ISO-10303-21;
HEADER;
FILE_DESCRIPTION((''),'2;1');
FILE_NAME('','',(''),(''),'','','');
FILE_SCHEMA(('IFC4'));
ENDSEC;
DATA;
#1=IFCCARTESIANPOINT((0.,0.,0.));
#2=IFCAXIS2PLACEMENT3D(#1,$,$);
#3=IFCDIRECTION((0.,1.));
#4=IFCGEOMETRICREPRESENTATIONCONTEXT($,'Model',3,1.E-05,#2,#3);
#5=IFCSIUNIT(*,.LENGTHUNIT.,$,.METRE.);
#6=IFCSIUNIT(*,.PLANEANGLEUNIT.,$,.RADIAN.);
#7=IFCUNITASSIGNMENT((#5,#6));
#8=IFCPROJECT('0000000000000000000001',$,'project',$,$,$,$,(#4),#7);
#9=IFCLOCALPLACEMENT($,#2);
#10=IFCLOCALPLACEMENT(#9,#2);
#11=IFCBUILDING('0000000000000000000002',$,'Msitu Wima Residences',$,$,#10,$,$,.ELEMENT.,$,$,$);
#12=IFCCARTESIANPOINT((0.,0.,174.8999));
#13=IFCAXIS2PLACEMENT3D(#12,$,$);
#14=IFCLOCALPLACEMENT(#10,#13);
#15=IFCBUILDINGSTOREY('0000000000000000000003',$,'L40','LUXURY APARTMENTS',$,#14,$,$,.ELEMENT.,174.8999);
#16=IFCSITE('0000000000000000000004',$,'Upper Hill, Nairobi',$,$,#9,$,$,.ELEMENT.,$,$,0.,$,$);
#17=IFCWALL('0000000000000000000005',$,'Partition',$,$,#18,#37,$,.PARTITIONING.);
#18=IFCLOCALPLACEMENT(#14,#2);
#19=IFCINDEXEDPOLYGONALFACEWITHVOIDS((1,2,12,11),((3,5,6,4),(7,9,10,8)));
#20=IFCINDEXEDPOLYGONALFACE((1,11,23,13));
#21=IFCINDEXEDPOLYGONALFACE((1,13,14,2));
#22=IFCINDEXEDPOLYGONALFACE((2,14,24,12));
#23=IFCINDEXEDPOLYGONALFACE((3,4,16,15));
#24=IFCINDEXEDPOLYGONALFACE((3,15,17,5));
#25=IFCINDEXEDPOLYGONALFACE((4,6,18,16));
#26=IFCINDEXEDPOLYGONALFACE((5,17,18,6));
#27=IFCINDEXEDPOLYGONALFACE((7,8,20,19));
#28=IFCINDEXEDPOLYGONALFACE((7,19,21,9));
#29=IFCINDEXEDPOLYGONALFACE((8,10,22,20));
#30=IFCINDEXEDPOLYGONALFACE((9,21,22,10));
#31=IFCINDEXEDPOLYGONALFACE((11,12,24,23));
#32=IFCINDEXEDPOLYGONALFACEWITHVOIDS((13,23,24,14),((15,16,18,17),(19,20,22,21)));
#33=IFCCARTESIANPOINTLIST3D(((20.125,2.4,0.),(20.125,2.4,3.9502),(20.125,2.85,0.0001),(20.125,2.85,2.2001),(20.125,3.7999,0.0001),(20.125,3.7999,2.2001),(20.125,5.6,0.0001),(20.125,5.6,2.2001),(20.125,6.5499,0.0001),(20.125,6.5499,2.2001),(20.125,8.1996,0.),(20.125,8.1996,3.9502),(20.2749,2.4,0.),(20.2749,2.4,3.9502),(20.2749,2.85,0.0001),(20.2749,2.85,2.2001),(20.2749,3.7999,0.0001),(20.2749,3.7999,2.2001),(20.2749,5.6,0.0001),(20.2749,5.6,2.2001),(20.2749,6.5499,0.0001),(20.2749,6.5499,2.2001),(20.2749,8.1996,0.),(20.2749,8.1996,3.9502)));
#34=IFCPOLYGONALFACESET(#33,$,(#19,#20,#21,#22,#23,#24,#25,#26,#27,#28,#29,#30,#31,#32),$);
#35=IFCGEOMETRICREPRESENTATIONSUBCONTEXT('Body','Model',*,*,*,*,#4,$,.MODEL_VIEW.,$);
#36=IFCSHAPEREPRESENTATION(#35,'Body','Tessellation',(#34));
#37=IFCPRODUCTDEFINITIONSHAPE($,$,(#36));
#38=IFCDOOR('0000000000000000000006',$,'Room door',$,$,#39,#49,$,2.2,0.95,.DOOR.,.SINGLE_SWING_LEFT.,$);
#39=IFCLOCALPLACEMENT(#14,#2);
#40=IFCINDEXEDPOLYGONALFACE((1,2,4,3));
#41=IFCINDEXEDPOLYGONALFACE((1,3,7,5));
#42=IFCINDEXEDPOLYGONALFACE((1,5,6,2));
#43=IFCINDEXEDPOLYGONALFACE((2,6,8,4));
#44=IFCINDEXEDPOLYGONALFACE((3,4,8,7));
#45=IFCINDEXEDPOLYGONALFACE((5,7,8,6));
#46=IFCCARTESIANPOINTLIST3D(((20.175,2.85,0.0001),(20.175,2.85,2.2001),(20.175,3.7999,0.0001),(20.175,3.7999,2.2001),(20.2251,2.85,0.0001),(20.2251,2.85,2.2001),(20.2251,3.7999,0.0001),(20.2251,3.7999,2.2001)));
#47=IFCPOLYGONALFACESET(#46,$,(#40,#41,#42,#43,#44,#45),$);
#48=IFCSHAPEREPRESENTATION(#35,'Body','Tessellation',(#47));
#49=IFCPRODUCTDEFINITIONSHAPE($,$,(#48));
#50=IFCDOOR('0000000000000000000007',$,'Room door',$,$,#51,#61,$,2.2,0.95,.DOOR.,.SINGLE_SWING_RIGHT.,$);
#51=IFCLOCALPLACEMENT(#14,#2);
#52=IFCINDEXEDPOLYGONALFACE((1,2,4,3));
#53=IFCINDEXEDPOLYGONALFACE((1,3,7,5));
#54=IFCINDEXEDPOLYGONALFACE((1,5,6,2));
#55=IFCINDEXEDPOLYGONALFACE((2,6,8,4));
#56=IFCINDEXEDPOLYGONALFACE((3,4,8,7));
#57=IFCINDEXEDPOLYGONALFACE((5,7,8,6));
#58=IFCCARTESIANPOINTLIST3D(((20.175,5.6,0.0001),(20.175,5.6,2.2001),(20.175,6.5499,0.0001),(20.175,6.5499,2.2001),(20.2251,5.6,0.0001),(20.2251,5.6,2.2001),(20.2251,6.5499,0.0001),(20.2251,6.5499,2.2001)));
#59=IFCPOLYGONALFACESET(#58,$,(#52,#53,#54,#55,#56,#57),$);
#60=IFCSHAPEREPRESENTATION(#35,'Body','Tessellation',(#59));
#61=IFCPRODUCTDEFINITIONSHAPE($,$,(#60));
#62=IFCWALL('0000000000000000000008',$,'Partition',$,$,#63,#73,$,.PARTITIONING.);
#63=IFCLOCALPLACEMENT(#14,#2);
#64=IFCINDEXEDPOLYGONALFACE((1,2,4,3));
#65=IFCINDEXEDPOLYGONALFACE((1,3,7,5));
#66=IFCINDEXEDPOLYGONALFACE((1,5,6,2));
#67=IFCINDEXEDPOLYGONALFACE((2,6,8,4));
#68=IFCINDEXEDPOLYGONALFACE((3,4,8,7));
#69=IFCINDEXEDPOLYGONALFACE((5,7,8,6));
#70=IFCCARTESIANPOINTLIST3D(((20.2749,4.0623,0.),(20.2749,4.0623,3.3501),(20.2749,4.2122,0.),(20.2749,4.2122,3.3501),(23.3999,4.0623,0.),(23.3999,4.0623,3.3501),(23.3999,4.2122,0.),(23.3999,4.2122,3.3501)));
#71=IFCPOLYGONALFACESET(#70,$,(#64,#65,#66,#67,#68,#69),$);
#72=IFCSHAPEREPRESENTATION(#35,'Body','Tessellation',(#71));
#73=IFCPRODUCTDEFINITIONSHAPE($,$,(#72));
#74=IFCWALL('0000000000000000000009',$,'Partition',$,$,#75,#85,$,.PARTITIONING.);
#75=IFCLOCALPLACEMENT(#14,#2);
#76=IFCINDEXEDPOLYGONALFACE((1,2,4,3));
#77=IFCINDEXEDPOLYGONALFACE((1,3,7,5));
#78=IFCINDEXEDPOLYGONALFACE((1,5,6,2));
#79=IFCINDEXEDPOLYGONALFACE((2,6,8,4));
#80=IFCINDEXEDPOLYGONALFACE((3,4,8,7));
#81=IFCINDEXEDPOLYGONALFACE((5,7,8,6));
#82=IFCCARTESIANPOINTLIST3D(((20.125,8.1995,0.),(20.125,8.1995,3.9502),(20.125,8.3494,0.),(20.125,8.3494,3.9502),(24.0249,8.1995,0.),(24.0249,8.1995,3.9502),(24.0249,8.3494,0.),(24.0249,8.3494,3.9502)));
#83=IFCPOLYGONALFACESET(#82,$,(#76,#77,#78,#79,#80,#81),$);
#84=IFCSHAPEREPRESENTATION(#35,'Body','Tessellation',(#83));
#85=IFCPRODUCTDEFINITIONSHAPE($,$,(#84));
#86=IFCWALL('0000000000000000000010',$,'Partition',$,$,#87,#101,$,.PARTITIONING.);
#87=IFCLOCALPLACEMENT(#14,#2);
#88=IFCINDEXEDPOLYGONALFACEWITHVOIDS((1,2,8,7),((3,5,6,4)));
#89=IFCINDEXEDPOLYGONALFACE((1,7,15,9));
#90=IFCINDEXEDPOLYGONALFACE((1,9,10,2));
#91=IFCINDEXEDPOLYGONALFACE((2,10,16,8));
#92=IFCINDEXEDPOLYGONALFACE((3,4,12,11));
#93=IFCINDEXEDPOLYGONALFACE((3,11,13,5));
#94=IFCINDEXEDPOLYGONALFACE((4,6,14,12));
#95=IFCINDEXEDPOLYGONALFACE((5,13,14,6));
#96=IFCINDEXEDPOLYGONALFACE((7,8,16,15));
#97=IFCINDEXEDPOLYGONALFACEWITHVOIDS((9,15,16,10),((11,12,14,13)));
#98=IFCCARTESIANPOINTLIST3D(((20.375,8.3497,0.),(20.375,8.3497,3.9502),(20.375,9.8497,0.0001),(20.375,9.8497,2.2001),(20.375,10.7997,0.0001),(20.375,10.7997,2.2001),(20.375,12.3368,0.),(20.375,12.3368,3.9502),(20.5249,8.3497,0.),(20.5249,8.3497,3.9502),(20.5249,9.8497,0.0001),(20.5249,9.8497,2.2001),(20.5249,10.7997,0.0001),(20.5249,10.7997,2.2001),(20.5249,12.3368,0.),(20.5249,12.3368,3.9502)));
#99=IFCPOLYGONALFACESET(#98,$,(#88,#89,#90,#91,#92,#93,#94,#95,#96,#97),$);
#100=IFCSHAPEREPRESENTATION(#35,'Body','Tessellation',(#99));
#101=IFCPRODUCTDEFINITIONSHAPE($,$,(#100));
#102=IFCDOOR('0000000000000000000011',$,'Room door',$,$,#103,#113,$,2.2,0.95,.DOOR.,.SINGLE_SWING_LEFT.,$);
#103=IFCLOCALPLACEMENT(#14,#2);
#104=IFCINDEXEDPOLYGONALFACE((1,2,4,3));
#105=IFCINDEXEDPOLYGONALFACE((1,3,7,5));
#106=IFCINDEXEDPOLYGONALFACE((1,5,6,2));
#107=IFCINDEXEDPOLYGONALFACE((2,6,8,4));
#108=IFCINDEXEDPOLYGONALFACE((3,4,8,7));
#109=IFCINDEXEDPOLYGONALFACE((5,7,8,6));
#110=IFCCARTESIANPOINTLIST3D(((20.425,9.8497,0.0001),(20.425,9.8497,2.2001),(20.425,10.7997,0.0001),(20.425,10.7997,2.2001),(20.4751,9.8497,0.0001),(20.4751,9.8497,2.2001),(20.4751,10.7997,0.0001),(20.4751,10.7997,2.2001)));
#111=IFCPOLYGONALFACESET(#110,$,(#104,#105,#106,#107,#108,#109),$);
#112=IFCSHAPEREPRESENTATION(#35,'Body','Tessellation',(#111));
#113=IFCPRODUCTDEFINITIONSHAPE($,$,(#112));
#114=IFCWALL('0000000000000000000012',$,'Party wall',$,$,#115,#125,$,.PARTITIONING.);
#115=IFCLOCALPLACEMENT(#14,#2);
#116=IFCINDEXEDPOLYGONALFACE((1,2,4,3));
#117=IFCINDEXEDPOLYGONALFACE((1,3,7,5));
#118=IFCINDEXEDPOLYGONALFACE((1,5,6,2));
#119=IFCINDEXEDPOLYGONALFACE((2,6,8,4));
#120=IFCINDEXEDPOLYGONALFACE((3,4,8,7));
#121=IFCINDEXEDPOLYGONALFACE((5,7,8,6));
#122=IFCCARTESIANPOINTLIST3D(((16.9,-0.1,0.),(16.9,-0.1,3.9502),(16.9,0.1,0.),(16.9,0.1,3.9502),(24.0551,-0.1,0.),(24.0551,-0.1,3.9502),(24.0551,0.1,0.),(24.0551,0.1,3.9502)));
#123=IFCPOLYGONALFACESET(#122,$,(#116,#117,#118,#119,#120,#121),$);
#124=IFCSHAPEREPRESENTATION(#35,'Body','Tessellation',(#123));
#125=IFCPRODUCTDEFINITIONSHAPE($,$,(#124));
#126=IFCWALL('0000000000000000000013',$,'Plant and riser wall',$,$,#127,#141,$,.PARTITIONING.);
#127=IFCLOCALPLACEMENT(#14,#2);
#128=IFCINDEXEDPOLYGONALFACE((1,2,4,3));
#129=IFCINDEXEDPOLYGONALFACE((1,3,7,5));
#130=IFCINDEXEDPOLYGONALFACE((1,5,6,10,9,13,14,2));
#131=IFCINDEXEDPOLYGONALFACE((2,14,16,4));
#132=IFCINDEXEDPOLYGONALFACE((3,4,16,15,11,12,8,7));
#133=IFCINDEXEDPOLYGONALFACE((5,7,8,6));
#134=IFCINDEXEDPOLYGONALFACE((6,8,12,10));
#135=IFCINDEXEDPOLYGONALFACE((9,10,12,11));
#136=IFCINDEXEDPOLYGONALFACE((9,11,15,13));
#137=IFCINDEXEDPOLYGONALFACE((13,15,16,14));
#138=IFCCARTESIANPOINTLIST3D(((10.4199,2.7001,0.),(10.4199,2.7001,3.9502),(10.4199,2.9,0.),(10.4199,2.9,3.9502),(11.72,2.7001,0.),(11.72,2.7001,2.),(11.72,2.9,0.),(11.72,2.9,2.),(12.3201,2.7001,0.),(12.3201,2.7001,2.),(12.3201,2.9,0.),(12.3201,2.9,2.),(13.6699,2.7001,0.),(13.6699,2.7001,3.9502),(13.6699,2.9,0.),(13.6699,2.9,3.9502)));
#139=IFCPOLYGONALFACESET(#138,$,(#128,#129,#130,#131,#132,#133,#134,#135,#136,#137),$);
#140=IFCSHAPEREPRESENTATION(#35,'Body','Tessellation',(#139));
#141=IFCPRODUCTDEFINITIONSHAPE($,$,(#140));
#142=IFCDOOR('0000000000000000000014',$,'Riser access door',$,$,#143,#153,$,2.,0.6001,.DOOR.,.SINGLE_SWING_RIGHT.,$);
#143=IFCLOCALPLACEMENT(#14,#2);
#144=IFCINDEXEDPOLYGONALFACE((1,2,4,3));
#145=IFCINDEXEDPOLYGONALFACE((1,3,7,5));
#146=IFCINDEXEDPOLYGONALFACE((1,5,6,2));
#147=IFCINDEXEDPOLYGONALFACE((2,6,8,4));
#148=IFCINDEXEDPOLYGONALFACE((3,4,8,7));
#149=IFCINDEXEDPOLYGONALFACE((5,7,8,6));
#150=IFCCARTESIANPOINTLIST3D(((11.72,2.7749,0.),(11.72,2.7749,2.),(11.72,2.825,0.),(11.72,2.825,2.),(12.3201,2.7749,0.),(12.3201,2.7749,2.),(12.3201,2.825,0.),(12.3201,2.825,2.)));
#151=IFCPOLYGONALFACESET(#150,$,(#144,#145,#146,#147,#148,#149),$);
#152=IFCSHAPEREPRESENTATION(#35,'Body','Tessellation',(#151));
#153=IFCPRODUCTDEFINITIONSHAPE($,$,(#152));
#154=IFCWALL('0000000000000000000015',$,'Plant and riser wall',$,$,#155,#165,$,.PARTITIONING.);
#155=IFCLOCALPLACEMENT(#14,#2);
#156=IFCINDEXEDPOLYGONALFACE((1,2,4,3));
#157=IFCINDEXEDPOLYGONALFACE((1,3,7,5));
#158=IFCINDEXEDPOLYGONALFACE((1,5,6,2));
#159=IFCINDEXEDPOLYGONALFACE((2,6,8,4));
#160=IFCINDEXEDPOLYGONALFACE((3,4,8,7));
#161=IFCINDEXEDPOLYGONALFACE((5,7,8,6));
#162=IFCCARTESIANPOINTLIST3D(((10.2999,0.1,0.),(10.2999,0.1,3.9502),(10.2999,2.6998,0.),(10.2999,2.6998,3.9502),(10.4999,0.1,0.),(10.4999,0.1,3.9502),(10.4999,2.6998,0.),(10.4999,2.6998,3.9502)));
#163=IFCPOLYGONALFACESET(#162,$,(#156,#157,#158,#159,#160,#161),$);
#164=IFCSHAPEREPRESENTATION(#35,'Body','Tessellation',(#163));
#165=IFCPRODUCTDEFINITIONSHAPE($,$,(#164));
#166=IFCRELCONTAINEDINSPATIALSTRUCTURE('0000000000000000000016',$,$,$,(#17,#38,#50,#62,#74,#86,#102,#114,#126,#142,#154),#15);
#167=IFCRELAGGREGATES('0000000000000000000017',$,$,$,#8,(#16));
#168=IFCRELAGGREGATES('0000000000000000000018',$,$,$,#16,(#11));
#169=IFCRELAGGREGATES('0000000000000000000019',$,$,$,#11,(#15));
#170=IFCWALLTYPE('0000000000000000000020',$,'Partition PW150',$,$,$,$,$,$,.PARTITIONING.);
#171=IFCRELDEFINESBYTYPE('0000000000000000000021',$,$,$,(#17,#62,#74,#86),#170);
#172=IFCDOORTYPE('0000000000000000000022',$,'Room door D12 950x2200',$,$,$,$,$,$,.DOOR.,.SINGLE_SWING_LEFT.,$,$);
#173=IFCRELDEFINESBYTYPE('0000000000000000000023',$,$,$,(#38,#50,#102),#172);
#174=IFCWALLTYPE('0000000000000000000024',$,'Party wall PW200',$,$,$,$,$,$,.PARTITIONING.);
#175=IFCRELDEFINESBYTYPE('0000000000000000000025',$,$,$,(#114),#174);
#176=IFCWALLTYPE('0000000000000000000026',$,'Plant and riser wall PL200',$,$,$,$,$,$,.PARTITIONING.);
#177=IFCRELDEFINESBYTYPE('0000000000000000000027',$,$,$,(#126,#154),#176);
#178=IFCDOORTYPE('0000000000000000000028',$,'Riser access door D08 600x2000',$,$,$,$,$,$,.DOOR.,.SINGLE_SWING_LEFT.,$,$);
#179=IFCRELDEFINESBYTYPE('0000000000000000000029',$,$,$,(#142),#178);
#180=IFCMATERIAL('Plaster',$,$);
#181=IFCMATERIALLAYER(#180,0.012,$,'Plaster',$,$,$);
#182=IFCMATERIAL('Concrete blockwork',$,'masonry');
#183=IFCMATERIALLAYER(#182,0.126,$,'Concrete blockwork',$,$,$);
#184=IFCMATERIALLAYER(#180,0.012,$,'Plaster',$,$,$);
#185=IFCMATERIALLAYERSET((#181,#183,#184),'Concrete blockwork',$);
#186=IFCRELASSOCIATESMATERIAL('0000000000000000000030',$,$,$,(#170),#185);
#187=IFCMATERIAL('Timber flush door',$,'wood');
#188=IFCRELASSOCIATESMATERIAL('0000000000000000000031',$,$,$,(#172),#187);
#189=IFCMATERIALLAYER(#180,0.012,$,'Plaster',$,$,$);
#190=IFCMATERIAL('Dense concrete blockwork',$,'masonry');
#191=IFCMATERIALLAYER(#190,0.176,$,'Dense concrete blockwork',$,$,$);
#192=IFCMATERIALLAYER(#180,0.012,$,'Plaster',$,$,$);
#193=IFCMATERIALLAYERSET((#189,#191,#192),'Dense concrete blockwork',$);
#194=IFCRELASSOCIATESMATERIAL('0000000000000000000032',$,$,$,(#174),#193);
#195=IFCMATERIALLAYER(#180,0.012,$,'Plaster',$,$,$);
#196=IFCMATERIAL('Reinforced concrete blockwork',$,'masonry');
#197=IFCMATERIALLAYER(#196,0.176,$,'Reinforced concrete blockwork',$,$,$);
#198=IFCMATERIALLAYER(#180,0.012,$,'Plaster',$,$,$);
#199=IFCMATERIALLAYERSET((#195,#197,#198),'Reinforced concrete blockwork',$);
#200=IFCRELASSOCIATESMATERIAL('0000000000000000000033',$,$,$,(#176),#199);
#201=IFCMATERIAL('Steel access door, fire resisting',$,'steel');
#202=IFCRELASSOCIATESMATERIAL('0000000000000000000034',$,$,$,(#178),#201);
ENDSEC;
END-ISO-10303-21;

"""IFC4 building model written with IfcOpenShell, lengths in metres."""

from ifc_helpers import new_model, si_unit, direction, frame, frame_2d, origin, place, context, subcontext, project, spatial, rectangle, extrude, material, layer, layer_set, type_object, element, fill, save


model = new_model("IFC4")

# Units and contexts
model_context = context("Model", 3, precision=1e-05, world=origin(), true_north=direction((0.0, 1.0)))
body_context = subcontext(model_context, "Body", "Model", "MODEL_VIEW")
ifc_project = project(units=[si_unit("LENGTHUNIT", "METRE"), si_unit("PLANEANGLEUNIT", "RADIAN")], contexts=[model_context])

# Site, building, storey
site_placement = place(None, origin())
site = spatial("IfcSite", under=ifc_project, at=site_placement, Name="Upper Hill, Nairobi", CompositionType="ELEMENT", RefElevation=0.0)
building_placement = place(site_placement, origin())
building = spatial("IfcBuilding", under=site, at=building_placement, Name="Msitu Wima Residences", CompositionType="ELEMENT")
storey_placement = place(building_placement, frame((0.0, 0.0, 174.8999)))
storey = spatial("IfcBuildingStorey", under=building, at=storey_placement, Name="L40", Description="LUXURY APARTMENTS", CompositionType="ELEMENT", Elevation=174.8999)

# Shared definitions
ifc_material_1 = material(Name="Plaster")
ifc_layer_1 = layer(ifc_material_1, 0.012, Name="Plaster")
ifc_material_2 = material(Name="Concrete blockwork", Category="masonry")
ifc_layer_2 = layer(ifc_material_2, 0.126, Name="Concrete blockwork")
ifc_layer_3 = layer(ifc_material_1, 0.012, Name="Plaster")
ifc_layer_set_1 = layer_set([ifc_layer_1, ifc_layer_2, ifc_layer_3], Name="Concrete blockwork")
wall_type_1 = type_object("IfcWallType", Name="Partition PW150", PredefinedType="PARTITIONING", material=ifc_layer_set_1)
ifc_material_3 = material(Name="Timber flush door", Category="wood")
door_type_1 = type_object("IfcDoorType", Name="Room door D12 950x2200", OperationType="SINGLE_SWING_LEFT", PredefinedType="DOOR", material=ifc_material_3)

# Wall, openings, doors
wall_1_placement = place(storey_placement, frame((20.2, 2.3999, 0.0), z_axis=(0.0, 0.0, 1.0), x_axis=(0.0, 1.0, 0.0)))
wall_1 = element("IfcWall", 1, at=wall_1_placement, inside=storey, type_object=wall_type_1, Name="Partition", PredefinedType="PARTITIONING", context=body_context, shape_type="SweptSolid", body=[
    extrude(rectangle(XDim=5.7996, YDim=0.1499, at=frame_2d((2.8999, 0.0))), origin(), (0.0, 0.0, 1.0), 3.9502),
])
opening_1_placement = place(wall_1_placement, frame((0.45, 0.0, 0.0)))
opening_1 = element("IfcOpeningElement", 2, at=opening_1_placement, cuts=wall_1, PredefinedType="OPENING", context=body_context, shape_type="SweptSolid", body=[
    extrude(rectangle(XDim=0.95, YDim=2.2, at=frame_2d((0.4751, 1.1001))), frame((0.0, 0.085, 0.0), z_axis=(0.0, -1.0, 0.0), x_axis=(1.0, 0.0, 0.0)), (0.0, 0.0, 1.0), 0.1699),
])
opening_2_placement = place(wall_1_placement, frame((3.2, 0.0, 0.0)))
opening_2 = element("IfcOpeningElement", 3, at=opening_2_placement, cuts=wall_1, PredefinedType="OPENING", context=body_context, shape_type="SweptSolid", body=[
    extrude(rectangle(XDim=0.95, YDim=2.2, at=frame_2d((0.4751, 1.1001))), frame((0.0, 0.085, 0.0), z_axis=(0.0, -1.0, 0.0), x_axis=(1.0, 0.0, 0.0)), (0.0, 0.0, 1.0), 0.1699),
])
door_1_placement = place(opening_1_placement, origin())
door_1 = element("IfcDoor", 4, at=door_1_placement, inside=storey, type_object=door_type_1, Name="Room door", OperationType="SINGLE_SWING_LEFT", OverallHeight=2.2, OverallWidth=0.95, PredefinedType="DOOR", context=body_context, shape_type="SweptSolid", body=[
    extrude(rectangle(XDim=0.95, YDim=2.2, at=frame_2d((0.4751, 1.1001))), frame((0.0, 0.0249, 0.0), z_axis=(0.0, -1.0, 0.0), x_axis=(1.0, 0.0, 0.0)), (0.0, 0.0, 1.0), 0.05),
])
fill(opening_1, door_1)
door_2_placement = place(opening_2_placement, origin())
door_2 = element("IfcDoor", 5, at=door_2_placement, inside=storey, type_object=door_type_1, Name="Room door", OperationType="SINGLE_SWING_RIGHT", OverallHeight=2.2, OverallWidth=0.95, PredefinedType="DOOR", context=body_context, shape_type="SweptSolid", body=[
    extrude(rectangle(XDim=0.95, YDim=2.2, at=frame_2d((0.4751, 1.1001))), frame((0.0, 0.0249, 0.0), z_axis=(0.0, -1.0, 0.0), x_axis=(1.0, 0.0, 0.0)), (0.0, 0.0, 1.0), 0.05),
])
fill(opening_2, door_2)

# Walls
wall_2_placement = place(storey_placement, frame((20.2749, 4.1372, 0.0), z_axis=(0.0, 0.0, 1.0), x_axis=(1.0, 0.0, 0.0)))
element("IfcWall", 6, at=wall_2_placement, inside=storey, type_object=wall_type_1, Name="Partition", PredefinedType="PARTITIONING", context=body_context, shape_type="SweptSolid", body=[
    extrude(rectangle(XDim=3.125, YDim=0.1499, at=frame_2d((1.5625, 0.0))), origin(), (0.0, 0.0, 1.0), 3.3501),
])
wall_3_placement = place(storey_placement, frame((20.125, 8.2744, 0.0), z_axis=(0.0, 0.0, 1.0), x_axis=(1.0, 0.0, 0.0)))
element("IfcWall", 7, at=wall_3_placement, inside=storey, type_object=wall_type_1, Name="Partition", PredefinedType="PARTITIONING", context=body_context, shape_type="SweptSolid", body=[
    extrude(rectangle(XDim=3.8999, YDim=0.1499, at=frame_2d((1.95, 0.0))), origin(), (0.0, 0.0, 1.0), 3.9502),
])

# Wall, opening, door
wall_4_placement = place(storey_placement, frame((20.45, 8.3496, 0.0), z_axis=(0.0, 0.0, 1.0), x_axis=(0.0, 1.0, 0.0)))
wall_4 = element("IfcWall", 8, at=wall_4_placement, inside=storey, type_object=wall_type_1, Name="Partition", PredefinedType="PARTITIONING", context=body_context, shape_type="SweptSolid", body=[
    extrude(rectangle(XDim=3.9871, YDim=0.1499, at=frame_2d((1.9937, 0.0))), origin(), (0.0, 0.0, 1.0), 3.9502),
])
opening_3_placement = place(wall_4_placement, frame((1.5, 0.0, 0.0)))
opening_3 = element("IfcOpeningElement", 9, at=opening_3_placement, cuts=wall_4, PredefinedType="OPENING", context=body_context, shape_type="SweptSolid", body=[
    extrude(rectangle(XDim=0.95, YDim=2.2, at=frame_2d((0.4751, 1.1001))), frame((0.0, 0.085, 0.0), z_axis=(0.0, -1.0, 0.0), x_axis=(1.0, 0.0, 0.0)), (0.0, 0.0, 1.0), 0.1699),
])
door_3_placement = place(opening_3_placement, origin())
door_3 = element("IfcDoor", 10, at=door_3_placement, inside=storey, type_object=door_type_1, Name="Room door", OperationType="SINGLE_SWING_LEFT", OverallHeight=2.2, OverallWidth=0.95, PredefinedType="DOOR", context=body_context, shape_type="SweptSolid", body=[
    extrude(rectangle(XDim=0.95, YDim=2.2, at=frame_2d((0.4751, 1.1001))), frame((0.0, 0.0249, 0.0), z_axis=(0.0, -1.0, 0.0), x_axis=(1.0, 0.0, 0.0)), (0.0, 0.0, 1.0), 0.05),
])
fill(opening_3, door_3)

# Wall
ifc_layer_4 = layer(ifc_material_1, 0.012, Name="Plaster")
ifc_material_4 = material(Name="Dense concrete blockwork", Category="masonry")
ifc_layer_5 = layer(ifc_material_4, 0.176, Name="Dense concrete blockwork")
ifc_layer_6 = layer(ifc_material_1, 0.012, Name="Plaster")
ifc_layer_set_2 = layer_set([ifc_layer_4, ifc_layer_5, ifc_layer_6], Name="Dense concrete blockwork")
wall_type_2 = type_object("IfcWallType", Name="Party wall PW200", PredefinedType="PARTITIONING", material=ifc_layer_set_2)
wall_5_placement = place(storey_placement, frame((16.8999, 0.0, 0.0), z_axis=(0.0, 0.0, 1.0), x_axis=(1.0, 0.0, 0.0)))
element("IfcWall", 11, at=wall_5_placement, inside=storey, type_object=wall_type_2, Name="Party wall", PredefinedType="PARTITIONING", context=body_context, shape_type="SweptSolid", body=[
    extrude(rectangle(XDim=7.155, YDim=0.2, at=frame_2d((3.5776, 0.0))), origin(), (0.0, 0.0, 1.0), 3.9502),
])

# Wall, opening, door
ifc_layer_7 = layer(ifc_material_1, 0.012, Name="Plaster")
ifc_material_5 = material(Name="Reinforced concrete blockwork", Category="masonry")
ifc_layer_8 = layer(ifc_material_5, 0.176, Name="Reinforced concrete blockwork")
ifc_layer_9 = layer(ifc_material_1, 0.012, Name="Plaster")
ifc_layer_set_3 = layer_set([ifc_layer_7, ifc_layer_8, ifc_layer_9], Name="Reinforced concrete blockwork")
wall_type_3 = type_object("IfcWallType", Name="Plant and riser wall PL200", PredefinedType="PARTITIONING", material=ifc_layer_set_3)
wall_6_placement = place(storey_placement, frame((10.4199, 2.8, 0.0), z_axis=(0.0, 0.0, 1.0), x_axis=(1.0, 0.0, 0.0)))
wall_6 = element("IfcWall", 12, at=wall_6_placement, inside=storey, type_object=wall_type_3, Name="Plant and riser wall", PredefinedType="PARTITIONING", context=body_context, shape_type="SweptSolid", body=[
    extrude(rectangle(XDim=3.25, YDim=0.2, at=frame_2d((1.625, 0.0))), origin(), (0.0, 0.0, 1.0), 3.9502),
])
opening_4_placement = place(wall_6_placement, frame((1.3, 0.0, 0.0)))
opening_4 = element("IfcOpeningElement", 13, at=opening_4_placement, cuts=wall_6, PredefinedType="OPENING", context=body_context, shape_type="SweptSolid", body=[
    extrude(rectangle(XDim=0.6001, YDim=2.0, at=frame_2d((0.3, 1.0))), frame((0.0, 0.1099, 0.0), z_axis=(0.0, -1.0, 0.0), x_axis=(1.0, 0.0, 0.0)), (0.0, 0.0, 1.0), 0.22),
])
ifc_material_6 = material(Name="Steel access door, fire resisting", Category="steel")
door_type_2 = type_object("IfcDoorType", Name="Riser access door D08 600x2000", OperationType="SINGLE_SWING_LEFT", PredefinedType="DOOR", material=ifc_material_6)
door_4_placement = place(opening_4_placement, origin())
door_4 = element("IfcDoor", 14, at=door_4_placement, inside=storey, type_object=door_type_2, Name="Riser access door", OperationType="SINGLE_SWING_RIGHT", OverallHeight=2.0, OverallWidth=0.6001, PredefinedType="DOOR", context=body_context, shape_type="SweptSolid", body=[
    extrude(rectangle(XDim=0.6001, YDim=2.0, at=frame_2d((0.3, 1.0))), frame((0.0, 0.0249, 0.0), z_axis=(0.0, -1.0, 0.0), x_axis=(1.0, 0.0, 0.0)), (0.0, 0.0, 1.0), 0.05),
])
fill(opening_4, door_4)

# Wall
wall_7_placement = place(storey_placement, frame((10.3999, 0.1001, 0.0), z_axis=(0.0, 0.0, 1.0), x_axis=(0.0, 1.0, 0.0)))
element("IfcWall", 15, at=wall_7_placement, inside=storey, type_object=wall_type_3, Name="Plant and riser wall", PredefinedType="PARTITIONING", context=body_context, shape_type="SweptSolid", body=[
    extrude(rectangle(XDim=2.5999, YDim=0.2, at=frame_2d((1.2998, 0.0))), origin(), (0.0, 0.0, 1.0), 3.9502),
])

save(model, "model.ifc")
